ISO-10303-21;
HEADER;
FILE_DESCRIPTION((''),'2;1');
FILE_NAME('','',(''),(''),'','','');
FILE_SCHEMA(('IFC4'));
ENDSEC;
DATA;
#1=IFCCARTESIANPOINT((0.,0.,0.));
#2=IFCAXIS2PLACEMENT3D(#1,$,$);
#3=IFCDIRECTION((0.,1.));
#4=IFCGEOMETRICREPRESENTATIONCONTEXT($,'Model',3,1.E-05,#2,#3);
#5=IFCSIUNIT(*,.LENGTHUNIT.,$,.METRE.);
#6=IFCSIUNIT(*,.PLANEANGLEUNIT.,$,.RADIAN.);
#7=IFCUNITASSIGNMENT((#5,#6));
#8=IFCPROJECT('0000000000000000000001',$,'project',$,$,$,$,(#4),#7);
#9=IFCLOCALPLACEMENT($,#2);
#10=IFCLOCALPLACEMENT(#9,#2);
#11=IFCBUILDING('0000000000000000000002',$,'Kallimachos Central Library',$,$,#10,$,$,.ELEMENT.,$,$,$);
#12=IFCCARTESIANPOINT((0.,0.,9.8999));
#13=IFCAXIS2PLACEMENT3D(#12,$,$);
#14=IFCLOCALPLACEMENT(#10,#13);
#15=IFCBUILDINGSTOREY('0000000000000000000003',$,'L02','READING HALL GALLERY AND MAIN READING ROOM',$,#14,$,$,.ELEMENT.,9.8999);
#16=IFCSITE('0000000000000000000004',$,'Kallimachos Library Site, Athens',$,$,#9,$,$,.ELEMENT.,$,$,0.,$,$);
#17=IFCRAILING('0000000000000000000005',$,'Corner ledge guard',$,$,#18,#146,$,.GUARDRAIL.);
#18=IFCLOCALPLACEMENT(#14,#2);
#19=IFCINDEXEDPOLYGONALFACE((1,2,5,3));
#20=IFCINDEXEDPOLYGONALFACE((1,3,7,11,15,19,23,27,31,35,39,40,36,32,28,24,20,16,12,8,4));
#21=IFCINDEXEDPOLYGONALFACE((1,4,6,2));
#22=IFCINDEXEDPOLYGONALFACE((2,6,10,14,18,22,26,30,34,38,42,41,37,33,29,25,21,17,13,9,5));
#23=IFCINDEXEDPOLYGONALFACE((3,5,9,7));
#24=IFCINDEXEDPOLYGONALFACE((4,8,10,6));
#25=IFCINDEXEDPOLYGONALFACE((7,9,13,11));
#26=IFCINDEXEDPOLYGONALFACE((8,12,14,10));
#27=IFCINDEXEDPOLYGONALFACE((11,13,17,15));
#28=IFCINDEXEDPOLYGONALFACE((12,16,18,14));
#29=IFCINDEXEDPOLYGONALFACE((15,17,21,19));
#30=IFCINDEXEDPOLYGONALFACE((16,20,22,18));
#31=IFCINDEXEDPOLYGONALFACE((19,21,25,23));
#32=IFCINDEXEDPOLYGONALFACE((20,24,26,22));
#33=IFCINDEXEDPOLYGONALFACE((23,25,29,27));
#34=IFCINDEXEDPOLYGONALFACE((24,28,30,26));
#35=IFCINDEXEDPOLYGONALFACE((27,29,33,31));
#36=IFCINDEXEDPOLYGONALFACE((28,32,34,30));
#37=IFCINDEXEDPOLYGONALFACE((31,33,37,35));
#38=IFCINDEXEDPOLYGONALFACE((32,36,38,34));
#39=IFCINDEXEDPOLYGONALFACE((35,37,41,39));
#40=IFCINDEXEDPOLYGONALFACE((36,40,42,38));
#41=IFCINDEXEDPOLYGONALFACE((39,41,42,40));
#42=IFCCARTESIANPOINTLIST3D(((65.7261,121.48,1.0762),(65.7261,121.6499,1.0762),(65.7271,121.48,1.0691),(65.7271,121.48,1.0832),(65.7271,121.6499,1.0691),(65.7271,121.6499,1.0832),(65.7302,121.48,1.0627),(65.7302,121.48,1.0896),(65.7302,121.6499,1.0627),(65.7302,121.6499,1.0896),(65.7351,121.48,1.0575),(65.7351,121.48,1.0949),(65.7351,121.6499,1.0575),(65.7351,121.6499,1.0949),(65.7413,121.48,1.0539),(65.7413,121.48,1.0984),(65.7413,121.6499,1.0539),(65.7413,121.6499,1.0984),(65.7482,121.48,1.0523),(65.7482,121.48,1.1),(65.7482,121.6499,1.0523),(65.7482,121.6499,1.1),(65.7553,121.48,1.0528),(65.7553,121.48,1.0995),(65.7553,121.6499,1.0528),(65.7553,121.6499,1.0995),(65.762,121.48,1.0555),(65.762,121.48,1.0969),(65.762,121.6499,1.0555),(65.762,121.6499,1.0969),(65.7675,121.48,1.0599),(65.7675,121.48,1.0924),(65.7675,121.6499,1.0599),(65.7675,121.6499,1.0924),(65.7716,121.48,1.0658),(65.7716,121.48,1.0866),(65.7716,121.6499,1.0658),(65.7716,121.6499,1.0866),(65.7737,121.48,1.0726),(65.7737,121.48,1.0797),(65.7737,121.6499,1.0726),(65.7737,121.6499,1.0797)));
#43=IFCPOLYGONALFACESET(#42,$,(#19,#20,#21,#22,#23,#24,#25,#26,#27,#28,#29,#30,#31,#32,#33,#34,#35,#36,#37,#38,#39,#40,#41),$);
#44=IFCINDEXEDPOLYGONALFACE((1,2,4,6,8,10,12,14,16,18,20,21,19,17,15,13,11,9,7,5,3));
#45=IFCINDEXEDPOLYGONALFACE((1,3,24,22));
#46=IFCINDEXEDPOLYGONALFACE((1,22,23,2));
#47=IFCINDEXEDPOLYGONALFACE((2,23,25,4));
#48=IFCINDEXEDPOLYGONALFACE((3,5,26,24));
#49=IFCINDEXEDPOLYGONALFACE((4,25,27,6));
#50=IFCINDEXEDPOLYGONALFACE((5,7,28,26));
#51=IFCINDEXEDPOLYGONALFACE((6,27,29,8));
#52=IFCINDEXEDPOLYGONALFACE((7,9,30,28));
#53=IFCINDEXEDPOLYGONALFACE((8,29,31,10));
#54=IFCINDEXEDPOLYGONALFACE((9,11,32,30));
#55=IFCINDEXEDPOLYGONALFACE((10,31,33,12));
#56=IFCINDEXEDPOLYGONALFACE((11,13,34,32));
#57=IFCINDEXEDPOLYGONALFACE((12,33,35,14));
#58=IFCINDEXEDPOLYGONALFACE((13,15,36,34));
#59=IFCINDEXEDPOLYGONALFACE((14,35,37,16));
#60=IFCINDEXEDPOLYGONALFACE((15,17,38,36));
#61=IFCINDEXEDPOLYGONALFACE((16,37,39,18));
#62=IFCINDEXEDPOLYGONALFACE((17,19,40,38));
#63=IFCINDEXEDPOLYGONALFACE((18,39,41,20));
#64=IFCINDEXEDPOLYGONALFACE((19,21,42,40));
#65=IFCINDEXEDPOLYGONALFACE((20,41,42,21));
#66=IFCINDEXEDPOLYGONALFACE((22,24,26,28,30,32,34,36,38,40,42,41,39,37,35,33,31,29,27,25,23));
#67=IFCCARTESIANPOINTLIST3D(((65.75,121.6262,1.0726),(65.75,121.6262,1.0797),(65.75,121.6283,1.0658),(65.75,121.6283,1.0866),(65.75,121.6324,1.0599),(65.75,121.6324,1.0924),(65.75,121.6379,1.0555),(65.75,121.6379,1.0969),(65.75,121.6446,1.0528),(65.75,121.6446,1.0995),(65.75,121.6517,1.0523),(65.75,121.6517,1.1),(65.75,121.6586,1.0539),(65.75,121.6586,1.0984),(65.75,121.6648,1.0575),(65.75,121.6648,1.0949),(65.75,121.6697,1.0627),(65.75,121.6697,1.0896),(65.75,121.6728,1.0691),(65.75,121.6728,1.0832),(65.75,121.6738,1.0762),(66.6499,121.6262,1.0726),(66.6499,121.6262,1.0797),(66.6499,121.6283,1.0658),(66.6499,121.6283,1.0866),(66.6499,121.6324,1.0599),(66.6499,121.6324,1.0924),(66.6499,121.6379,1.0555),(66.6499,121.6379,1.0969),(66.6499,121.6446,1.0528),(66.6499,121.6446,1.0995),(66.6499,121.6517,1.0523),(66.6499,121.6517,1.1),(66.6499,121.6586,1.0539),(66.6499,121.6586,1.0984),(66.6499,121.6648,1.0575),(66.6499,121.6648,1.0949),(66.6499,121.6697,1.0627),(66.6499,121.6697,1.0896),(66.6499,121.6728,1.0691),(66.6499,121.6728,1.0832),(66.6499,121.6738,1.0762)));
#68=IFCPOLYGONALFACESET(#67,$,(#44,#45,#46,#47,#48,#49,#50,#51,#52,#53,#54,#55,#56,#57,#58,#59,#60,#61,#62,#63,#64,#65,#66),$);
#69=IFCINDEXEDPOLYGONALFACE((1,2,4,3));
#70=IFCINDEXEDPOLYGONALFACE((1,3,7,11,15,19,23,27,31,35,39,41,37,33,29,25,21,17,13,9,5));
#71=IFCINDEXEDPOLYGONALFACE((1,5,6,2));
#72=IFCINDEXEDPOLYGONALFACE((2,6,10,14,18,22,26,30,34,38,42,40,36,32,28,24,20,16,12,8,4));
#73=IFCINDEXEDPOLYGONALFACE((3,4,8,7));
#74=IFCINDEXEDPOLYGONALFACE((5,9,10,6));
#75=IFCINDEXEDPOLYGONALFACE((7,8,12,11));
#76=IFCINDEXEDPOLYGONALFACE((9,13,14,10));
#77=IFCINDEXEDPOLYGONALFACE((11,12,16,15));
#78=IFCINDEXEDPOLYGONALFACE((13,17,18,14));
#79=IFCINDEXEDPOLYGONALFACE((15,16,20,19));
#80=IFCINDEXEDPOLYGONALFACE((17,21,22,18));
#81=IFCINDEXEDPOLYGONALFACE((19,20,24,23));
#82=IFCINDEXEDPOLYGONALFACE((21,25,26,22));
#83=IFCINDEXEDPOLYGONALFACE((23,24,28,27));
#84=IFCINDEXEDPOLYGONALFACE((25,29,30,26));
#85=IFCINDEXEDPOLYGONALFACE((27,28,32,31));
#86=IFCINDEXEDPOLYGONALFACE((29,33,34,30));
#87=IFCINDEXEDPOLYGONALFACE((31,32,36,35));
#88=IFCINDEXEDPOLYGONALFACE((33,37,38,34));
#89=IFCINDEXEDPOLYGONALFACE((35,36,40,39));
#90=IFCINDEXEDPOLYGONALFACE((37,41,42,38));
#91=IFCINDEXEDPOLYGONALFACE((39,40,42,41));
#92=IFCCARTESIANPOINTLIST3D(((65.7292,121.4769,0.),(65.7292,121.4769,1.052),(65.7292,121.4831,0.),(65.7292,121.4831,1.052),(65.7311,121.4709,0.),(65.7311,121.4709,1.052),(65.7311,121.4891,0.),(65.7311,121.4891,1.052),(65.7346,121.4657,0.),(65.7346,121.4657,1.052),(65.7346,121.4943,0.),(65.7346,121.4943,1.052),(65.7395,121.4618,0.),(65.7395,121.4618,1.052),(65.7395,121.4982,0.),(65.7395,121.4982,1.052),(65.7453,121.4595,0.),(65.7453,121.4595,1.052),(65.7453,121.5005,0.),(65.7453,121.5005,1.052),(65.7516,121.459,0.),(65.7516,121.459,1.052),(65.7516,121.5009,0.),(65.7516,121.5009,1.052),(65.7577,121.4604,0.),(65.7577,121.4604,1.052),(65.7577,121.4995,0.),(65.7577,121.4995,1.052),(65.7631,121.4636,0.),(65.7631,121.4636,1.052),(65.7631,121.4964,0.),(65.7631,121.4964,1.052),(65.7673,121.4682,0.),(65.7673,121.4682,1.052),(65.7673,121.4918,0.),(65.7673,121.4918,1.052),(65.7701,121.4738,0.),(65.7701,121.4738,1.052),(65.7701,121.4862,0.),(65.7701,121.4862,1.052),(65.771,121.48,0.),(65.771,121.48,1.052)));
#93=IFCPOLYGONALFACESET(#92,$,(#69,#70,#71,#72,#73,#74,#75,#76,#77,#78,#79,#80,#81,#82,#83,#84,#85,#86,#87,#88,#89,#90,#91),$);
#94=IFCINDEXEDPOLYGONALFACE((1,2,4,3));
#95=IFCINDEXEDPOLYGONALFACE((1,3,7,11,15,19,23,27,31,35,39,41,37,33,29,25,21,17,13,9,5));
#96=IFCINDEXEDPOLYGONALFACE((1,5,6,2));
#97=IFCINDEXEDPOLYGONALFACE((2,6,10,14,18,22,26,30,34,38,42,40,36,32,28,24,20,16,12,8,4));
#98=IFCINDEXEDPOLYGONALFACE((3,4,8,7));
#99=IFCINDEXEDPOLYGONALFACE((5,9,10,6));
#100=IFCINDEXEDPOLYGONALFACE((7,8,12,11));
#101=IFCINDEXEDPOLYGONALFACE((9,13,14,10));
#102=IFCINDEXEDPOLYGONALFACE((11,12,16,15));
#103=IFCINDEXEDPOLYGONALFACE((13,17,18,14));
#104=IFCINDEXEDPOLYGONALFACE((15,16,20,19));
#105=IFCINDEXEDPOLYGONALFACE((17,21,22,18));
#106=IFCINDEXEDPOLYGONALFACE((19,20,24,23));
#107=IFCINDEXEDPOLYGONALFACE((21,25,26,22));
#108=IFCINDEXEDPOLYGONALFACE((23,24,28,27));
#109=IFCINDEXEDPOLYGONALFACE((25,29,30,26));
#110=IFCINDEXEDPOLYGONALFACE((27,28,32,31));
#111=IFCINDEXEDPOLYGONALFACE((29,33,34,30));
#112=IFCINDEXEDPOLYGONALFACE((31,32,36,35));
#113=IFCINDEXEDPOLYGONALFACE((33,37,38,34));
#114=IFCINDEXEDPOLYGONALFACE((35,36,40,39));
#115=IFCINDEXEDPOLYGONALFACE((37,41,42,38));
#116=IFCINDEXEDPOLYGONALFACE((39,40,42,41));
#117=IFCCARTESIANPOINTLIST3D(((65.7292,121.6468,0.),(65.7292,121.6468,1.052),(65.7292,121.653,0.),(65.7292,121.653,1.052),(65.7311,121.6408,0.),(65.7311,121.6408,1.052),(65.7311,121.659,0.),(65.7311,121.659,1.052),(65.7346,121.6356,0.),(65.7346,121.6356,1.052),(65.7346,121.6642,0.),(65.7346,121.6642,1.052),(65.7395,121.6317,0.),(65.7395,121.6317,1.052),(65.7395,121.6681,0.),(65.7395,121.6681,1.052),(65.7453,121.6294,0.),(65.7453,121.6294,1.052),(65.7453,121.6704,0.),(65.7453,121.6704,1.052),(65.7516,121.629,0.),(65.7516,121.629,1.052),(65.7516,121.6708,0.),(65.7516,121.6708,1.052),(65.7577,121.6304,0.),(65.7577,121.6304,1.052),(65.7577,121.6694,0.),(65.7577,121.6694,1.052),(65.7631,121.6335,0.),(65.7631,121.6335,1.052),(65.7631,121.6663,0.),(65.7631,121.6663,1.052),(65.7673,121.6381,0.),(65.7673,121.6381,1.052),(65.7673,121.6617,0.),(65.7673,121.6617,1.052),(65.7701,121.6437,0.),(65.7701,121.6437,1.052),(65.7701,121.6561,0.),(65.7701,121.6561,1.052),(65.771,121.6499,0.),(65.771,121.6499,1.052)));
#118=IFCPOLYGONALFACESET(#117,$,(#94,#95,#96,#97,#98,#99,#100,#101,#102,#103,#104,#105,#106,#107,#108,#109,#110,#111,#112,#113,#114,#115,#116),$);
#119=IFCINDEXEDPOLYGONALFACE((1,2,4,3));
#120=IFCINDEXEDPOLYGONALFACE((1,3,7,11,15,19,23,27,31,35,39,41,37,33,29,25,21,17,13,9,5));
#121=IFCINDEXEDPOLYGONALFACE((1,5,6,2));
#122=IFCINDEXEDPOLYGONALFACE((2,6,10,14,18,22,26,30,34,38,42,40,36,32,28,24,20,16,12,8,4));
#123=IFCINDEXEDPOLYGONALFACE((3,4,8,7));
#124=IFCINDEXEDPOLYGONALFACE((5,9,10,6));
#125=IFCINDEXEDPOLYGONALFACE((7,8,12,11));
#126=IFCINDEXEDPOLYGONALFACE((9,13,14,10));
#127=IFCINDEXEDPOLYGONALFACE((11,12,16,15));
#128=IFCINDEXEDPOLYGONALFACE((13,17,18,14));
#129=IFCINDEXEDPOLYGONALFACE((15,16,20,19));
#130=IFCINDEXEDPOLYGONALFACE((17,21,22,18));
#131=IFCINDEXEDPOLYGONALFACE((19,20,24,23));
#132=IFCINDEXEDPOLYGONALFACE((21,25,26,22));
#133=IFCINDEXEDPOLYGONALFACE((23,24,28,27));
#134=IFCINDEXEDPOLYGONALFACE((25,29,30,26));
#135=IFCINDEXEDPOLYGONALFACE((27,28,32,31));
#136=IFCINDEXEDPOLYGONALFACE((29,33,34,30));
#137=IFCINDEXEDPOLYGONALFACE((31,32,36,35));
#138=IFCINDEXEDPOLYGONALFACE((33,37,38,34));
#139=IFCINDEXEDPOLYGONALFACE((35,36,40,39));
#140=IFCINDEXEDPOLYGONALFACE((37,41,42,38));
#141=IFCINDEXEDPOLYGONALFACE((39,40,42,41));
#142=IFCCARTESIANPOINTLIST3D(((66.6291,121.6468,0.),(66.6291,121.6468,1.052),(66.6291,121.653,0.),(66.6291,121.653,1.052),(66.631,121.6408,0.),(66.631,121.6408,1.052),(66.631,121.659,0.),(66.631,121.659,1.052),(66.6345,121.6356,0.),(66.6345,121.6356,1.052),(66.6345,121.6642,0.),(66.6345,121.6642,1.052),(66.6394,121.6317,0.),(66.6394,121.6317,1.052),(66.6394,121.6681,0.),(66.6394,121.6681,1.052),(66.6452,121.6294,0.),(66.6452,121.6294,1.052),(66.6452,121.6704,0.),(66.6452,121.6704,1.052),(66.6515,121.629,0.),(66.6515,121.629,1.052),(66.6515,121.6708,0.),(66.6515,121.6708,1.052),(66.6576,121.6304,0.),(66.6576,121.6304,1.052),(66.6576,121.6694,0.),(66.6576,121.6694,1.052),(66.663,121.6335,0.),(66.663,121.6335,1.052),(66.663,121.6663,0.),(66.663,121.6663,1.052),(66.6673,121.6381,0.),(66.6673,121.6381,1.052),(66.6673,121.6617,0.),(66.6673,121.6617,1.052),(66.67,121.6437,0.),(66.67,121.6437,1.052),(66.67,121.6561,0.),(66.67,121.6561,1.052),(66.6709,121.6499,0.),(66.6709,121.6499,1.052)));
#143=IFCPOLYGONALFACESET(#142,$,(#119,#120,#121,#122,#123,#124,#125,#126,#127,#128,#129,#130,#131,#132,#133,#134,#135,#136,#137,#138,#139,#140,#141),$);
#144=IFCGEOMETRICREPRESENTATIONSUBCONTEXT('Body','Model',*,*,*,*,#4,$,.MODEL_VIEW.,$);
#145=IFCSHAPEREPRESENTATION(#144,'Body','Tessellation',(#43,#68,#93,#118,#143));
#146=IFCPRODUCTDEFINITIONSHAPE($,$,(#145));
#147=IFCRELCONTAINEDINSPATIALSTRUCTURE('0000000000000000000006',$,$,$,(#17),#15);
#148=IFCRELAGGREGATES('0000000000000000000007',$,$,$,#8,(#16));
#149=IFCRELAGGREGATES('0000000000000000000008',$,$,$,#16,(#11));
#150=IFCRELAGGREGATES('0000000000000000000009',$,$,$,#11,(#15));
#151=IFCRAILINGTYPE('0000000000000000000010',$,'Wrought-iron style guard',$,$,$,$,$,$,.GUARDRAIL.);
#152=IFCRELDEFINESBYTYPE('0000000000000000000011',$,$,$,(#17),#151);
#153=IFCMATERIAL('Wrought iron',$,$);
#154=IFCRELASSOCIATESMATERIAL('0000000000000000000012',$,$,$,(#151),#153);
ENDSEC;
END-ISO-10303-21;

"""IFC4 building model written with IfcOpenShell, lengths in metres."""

from ifc_helpers import new_model, si_unit, direction, frame, origin, origin_2d, place, context, subcontext, project, spatial, circle, extrude, material, type_object, element, save


model = new_model("IFC4")

# Units and contexts
model_context = context("Model", 3, precision=1e-05, world=origin(), true_north=direction((0.0, 1.0)))
body_context = subcontext(model_context, "Body", "Model", "MODEL_VIEW")
ifc_project = project(units=[si_unit("LENGTHUNIT", "METRE"), si_unit("PLANEANGLEUNIT", "RADIAN")], contexts=[model_context])

# Site, building, storey
site_placement = place(None, origin())
site = spatial("IfcSite", under=ifc_project, at=site_placement, Name="Kallimachos Library Site, Athens", CompositionType="ELEMENT", RefElevation=0.0)
building_placement = place(site_placement, origin())
building = spatial("IfcBuilding", under=site, at=building_placement, Name="Kallimachos Central Library", CompositionType="ELEMENT")
storey_placement = place(building_placement, frame((0.0, 0.0, 9.8999)))
storey = spatial("IfcBuildingStorey", under=building, at=storey_placement, Name="L02", Description="READING HALL GALLERY AND MAIN READING ROOM", CompositionType="ELEMENT", Elevation=9.8999)

# Railing
ifc_material_1 = material(Name="Wrought iron")
railing_type = type_object("IfcRailingType", Name="Wrought-iron style guard", PredefinedType="GUARDRAIL", material=ifc_material_1)
railing_placement = place(storey_placement, frame((65.75, 121.48, 0.0)))
element("IfcRailing", 1, at=railing_placement, inside=storey, type_object=railing_type, Name="Corner ledge guard", PredefinedType="GUARDRAIL", context=body_context, shape_type="SweptSolid", body=[
    extrude(circle(Radius=0.0239, at=origin_2d()), frame((0.0, 0.0, 1.0762), z_axis=(0.0, 1.0, 0.0), x_axis=(-1.0, 0.0, 0.0)), (0.0, 0.0, 1.0), 0.1699),
    extrude(circle(Radius=0.0239, at=origin_2d()), frame((0.0, 0.1699, 1.0762), z_axis=(1.0, 0.0, 0.0), x_axis=(0.0, 1.0, 0.0)), (0.0, 0.0, 1.0), 0.8999),
    extrude(circle(Radius=0.021, at=origin_2d()), origin(), (0.0, 0.0, 1.0), 1.052),
    extrude(circle(Radius=0.021, at=origin_2d()), frame((0.0, 0.1699, 0.0)), (0.0, 0.0, 1.0), 1.052),
    extrude(circle(Radius=0.021, at=origin_2d()), frame((0.8999, 0.1699, 0.0)), (0.0, 0.0, 1.0), 1.052),
])

save(model, "model.ifc")
